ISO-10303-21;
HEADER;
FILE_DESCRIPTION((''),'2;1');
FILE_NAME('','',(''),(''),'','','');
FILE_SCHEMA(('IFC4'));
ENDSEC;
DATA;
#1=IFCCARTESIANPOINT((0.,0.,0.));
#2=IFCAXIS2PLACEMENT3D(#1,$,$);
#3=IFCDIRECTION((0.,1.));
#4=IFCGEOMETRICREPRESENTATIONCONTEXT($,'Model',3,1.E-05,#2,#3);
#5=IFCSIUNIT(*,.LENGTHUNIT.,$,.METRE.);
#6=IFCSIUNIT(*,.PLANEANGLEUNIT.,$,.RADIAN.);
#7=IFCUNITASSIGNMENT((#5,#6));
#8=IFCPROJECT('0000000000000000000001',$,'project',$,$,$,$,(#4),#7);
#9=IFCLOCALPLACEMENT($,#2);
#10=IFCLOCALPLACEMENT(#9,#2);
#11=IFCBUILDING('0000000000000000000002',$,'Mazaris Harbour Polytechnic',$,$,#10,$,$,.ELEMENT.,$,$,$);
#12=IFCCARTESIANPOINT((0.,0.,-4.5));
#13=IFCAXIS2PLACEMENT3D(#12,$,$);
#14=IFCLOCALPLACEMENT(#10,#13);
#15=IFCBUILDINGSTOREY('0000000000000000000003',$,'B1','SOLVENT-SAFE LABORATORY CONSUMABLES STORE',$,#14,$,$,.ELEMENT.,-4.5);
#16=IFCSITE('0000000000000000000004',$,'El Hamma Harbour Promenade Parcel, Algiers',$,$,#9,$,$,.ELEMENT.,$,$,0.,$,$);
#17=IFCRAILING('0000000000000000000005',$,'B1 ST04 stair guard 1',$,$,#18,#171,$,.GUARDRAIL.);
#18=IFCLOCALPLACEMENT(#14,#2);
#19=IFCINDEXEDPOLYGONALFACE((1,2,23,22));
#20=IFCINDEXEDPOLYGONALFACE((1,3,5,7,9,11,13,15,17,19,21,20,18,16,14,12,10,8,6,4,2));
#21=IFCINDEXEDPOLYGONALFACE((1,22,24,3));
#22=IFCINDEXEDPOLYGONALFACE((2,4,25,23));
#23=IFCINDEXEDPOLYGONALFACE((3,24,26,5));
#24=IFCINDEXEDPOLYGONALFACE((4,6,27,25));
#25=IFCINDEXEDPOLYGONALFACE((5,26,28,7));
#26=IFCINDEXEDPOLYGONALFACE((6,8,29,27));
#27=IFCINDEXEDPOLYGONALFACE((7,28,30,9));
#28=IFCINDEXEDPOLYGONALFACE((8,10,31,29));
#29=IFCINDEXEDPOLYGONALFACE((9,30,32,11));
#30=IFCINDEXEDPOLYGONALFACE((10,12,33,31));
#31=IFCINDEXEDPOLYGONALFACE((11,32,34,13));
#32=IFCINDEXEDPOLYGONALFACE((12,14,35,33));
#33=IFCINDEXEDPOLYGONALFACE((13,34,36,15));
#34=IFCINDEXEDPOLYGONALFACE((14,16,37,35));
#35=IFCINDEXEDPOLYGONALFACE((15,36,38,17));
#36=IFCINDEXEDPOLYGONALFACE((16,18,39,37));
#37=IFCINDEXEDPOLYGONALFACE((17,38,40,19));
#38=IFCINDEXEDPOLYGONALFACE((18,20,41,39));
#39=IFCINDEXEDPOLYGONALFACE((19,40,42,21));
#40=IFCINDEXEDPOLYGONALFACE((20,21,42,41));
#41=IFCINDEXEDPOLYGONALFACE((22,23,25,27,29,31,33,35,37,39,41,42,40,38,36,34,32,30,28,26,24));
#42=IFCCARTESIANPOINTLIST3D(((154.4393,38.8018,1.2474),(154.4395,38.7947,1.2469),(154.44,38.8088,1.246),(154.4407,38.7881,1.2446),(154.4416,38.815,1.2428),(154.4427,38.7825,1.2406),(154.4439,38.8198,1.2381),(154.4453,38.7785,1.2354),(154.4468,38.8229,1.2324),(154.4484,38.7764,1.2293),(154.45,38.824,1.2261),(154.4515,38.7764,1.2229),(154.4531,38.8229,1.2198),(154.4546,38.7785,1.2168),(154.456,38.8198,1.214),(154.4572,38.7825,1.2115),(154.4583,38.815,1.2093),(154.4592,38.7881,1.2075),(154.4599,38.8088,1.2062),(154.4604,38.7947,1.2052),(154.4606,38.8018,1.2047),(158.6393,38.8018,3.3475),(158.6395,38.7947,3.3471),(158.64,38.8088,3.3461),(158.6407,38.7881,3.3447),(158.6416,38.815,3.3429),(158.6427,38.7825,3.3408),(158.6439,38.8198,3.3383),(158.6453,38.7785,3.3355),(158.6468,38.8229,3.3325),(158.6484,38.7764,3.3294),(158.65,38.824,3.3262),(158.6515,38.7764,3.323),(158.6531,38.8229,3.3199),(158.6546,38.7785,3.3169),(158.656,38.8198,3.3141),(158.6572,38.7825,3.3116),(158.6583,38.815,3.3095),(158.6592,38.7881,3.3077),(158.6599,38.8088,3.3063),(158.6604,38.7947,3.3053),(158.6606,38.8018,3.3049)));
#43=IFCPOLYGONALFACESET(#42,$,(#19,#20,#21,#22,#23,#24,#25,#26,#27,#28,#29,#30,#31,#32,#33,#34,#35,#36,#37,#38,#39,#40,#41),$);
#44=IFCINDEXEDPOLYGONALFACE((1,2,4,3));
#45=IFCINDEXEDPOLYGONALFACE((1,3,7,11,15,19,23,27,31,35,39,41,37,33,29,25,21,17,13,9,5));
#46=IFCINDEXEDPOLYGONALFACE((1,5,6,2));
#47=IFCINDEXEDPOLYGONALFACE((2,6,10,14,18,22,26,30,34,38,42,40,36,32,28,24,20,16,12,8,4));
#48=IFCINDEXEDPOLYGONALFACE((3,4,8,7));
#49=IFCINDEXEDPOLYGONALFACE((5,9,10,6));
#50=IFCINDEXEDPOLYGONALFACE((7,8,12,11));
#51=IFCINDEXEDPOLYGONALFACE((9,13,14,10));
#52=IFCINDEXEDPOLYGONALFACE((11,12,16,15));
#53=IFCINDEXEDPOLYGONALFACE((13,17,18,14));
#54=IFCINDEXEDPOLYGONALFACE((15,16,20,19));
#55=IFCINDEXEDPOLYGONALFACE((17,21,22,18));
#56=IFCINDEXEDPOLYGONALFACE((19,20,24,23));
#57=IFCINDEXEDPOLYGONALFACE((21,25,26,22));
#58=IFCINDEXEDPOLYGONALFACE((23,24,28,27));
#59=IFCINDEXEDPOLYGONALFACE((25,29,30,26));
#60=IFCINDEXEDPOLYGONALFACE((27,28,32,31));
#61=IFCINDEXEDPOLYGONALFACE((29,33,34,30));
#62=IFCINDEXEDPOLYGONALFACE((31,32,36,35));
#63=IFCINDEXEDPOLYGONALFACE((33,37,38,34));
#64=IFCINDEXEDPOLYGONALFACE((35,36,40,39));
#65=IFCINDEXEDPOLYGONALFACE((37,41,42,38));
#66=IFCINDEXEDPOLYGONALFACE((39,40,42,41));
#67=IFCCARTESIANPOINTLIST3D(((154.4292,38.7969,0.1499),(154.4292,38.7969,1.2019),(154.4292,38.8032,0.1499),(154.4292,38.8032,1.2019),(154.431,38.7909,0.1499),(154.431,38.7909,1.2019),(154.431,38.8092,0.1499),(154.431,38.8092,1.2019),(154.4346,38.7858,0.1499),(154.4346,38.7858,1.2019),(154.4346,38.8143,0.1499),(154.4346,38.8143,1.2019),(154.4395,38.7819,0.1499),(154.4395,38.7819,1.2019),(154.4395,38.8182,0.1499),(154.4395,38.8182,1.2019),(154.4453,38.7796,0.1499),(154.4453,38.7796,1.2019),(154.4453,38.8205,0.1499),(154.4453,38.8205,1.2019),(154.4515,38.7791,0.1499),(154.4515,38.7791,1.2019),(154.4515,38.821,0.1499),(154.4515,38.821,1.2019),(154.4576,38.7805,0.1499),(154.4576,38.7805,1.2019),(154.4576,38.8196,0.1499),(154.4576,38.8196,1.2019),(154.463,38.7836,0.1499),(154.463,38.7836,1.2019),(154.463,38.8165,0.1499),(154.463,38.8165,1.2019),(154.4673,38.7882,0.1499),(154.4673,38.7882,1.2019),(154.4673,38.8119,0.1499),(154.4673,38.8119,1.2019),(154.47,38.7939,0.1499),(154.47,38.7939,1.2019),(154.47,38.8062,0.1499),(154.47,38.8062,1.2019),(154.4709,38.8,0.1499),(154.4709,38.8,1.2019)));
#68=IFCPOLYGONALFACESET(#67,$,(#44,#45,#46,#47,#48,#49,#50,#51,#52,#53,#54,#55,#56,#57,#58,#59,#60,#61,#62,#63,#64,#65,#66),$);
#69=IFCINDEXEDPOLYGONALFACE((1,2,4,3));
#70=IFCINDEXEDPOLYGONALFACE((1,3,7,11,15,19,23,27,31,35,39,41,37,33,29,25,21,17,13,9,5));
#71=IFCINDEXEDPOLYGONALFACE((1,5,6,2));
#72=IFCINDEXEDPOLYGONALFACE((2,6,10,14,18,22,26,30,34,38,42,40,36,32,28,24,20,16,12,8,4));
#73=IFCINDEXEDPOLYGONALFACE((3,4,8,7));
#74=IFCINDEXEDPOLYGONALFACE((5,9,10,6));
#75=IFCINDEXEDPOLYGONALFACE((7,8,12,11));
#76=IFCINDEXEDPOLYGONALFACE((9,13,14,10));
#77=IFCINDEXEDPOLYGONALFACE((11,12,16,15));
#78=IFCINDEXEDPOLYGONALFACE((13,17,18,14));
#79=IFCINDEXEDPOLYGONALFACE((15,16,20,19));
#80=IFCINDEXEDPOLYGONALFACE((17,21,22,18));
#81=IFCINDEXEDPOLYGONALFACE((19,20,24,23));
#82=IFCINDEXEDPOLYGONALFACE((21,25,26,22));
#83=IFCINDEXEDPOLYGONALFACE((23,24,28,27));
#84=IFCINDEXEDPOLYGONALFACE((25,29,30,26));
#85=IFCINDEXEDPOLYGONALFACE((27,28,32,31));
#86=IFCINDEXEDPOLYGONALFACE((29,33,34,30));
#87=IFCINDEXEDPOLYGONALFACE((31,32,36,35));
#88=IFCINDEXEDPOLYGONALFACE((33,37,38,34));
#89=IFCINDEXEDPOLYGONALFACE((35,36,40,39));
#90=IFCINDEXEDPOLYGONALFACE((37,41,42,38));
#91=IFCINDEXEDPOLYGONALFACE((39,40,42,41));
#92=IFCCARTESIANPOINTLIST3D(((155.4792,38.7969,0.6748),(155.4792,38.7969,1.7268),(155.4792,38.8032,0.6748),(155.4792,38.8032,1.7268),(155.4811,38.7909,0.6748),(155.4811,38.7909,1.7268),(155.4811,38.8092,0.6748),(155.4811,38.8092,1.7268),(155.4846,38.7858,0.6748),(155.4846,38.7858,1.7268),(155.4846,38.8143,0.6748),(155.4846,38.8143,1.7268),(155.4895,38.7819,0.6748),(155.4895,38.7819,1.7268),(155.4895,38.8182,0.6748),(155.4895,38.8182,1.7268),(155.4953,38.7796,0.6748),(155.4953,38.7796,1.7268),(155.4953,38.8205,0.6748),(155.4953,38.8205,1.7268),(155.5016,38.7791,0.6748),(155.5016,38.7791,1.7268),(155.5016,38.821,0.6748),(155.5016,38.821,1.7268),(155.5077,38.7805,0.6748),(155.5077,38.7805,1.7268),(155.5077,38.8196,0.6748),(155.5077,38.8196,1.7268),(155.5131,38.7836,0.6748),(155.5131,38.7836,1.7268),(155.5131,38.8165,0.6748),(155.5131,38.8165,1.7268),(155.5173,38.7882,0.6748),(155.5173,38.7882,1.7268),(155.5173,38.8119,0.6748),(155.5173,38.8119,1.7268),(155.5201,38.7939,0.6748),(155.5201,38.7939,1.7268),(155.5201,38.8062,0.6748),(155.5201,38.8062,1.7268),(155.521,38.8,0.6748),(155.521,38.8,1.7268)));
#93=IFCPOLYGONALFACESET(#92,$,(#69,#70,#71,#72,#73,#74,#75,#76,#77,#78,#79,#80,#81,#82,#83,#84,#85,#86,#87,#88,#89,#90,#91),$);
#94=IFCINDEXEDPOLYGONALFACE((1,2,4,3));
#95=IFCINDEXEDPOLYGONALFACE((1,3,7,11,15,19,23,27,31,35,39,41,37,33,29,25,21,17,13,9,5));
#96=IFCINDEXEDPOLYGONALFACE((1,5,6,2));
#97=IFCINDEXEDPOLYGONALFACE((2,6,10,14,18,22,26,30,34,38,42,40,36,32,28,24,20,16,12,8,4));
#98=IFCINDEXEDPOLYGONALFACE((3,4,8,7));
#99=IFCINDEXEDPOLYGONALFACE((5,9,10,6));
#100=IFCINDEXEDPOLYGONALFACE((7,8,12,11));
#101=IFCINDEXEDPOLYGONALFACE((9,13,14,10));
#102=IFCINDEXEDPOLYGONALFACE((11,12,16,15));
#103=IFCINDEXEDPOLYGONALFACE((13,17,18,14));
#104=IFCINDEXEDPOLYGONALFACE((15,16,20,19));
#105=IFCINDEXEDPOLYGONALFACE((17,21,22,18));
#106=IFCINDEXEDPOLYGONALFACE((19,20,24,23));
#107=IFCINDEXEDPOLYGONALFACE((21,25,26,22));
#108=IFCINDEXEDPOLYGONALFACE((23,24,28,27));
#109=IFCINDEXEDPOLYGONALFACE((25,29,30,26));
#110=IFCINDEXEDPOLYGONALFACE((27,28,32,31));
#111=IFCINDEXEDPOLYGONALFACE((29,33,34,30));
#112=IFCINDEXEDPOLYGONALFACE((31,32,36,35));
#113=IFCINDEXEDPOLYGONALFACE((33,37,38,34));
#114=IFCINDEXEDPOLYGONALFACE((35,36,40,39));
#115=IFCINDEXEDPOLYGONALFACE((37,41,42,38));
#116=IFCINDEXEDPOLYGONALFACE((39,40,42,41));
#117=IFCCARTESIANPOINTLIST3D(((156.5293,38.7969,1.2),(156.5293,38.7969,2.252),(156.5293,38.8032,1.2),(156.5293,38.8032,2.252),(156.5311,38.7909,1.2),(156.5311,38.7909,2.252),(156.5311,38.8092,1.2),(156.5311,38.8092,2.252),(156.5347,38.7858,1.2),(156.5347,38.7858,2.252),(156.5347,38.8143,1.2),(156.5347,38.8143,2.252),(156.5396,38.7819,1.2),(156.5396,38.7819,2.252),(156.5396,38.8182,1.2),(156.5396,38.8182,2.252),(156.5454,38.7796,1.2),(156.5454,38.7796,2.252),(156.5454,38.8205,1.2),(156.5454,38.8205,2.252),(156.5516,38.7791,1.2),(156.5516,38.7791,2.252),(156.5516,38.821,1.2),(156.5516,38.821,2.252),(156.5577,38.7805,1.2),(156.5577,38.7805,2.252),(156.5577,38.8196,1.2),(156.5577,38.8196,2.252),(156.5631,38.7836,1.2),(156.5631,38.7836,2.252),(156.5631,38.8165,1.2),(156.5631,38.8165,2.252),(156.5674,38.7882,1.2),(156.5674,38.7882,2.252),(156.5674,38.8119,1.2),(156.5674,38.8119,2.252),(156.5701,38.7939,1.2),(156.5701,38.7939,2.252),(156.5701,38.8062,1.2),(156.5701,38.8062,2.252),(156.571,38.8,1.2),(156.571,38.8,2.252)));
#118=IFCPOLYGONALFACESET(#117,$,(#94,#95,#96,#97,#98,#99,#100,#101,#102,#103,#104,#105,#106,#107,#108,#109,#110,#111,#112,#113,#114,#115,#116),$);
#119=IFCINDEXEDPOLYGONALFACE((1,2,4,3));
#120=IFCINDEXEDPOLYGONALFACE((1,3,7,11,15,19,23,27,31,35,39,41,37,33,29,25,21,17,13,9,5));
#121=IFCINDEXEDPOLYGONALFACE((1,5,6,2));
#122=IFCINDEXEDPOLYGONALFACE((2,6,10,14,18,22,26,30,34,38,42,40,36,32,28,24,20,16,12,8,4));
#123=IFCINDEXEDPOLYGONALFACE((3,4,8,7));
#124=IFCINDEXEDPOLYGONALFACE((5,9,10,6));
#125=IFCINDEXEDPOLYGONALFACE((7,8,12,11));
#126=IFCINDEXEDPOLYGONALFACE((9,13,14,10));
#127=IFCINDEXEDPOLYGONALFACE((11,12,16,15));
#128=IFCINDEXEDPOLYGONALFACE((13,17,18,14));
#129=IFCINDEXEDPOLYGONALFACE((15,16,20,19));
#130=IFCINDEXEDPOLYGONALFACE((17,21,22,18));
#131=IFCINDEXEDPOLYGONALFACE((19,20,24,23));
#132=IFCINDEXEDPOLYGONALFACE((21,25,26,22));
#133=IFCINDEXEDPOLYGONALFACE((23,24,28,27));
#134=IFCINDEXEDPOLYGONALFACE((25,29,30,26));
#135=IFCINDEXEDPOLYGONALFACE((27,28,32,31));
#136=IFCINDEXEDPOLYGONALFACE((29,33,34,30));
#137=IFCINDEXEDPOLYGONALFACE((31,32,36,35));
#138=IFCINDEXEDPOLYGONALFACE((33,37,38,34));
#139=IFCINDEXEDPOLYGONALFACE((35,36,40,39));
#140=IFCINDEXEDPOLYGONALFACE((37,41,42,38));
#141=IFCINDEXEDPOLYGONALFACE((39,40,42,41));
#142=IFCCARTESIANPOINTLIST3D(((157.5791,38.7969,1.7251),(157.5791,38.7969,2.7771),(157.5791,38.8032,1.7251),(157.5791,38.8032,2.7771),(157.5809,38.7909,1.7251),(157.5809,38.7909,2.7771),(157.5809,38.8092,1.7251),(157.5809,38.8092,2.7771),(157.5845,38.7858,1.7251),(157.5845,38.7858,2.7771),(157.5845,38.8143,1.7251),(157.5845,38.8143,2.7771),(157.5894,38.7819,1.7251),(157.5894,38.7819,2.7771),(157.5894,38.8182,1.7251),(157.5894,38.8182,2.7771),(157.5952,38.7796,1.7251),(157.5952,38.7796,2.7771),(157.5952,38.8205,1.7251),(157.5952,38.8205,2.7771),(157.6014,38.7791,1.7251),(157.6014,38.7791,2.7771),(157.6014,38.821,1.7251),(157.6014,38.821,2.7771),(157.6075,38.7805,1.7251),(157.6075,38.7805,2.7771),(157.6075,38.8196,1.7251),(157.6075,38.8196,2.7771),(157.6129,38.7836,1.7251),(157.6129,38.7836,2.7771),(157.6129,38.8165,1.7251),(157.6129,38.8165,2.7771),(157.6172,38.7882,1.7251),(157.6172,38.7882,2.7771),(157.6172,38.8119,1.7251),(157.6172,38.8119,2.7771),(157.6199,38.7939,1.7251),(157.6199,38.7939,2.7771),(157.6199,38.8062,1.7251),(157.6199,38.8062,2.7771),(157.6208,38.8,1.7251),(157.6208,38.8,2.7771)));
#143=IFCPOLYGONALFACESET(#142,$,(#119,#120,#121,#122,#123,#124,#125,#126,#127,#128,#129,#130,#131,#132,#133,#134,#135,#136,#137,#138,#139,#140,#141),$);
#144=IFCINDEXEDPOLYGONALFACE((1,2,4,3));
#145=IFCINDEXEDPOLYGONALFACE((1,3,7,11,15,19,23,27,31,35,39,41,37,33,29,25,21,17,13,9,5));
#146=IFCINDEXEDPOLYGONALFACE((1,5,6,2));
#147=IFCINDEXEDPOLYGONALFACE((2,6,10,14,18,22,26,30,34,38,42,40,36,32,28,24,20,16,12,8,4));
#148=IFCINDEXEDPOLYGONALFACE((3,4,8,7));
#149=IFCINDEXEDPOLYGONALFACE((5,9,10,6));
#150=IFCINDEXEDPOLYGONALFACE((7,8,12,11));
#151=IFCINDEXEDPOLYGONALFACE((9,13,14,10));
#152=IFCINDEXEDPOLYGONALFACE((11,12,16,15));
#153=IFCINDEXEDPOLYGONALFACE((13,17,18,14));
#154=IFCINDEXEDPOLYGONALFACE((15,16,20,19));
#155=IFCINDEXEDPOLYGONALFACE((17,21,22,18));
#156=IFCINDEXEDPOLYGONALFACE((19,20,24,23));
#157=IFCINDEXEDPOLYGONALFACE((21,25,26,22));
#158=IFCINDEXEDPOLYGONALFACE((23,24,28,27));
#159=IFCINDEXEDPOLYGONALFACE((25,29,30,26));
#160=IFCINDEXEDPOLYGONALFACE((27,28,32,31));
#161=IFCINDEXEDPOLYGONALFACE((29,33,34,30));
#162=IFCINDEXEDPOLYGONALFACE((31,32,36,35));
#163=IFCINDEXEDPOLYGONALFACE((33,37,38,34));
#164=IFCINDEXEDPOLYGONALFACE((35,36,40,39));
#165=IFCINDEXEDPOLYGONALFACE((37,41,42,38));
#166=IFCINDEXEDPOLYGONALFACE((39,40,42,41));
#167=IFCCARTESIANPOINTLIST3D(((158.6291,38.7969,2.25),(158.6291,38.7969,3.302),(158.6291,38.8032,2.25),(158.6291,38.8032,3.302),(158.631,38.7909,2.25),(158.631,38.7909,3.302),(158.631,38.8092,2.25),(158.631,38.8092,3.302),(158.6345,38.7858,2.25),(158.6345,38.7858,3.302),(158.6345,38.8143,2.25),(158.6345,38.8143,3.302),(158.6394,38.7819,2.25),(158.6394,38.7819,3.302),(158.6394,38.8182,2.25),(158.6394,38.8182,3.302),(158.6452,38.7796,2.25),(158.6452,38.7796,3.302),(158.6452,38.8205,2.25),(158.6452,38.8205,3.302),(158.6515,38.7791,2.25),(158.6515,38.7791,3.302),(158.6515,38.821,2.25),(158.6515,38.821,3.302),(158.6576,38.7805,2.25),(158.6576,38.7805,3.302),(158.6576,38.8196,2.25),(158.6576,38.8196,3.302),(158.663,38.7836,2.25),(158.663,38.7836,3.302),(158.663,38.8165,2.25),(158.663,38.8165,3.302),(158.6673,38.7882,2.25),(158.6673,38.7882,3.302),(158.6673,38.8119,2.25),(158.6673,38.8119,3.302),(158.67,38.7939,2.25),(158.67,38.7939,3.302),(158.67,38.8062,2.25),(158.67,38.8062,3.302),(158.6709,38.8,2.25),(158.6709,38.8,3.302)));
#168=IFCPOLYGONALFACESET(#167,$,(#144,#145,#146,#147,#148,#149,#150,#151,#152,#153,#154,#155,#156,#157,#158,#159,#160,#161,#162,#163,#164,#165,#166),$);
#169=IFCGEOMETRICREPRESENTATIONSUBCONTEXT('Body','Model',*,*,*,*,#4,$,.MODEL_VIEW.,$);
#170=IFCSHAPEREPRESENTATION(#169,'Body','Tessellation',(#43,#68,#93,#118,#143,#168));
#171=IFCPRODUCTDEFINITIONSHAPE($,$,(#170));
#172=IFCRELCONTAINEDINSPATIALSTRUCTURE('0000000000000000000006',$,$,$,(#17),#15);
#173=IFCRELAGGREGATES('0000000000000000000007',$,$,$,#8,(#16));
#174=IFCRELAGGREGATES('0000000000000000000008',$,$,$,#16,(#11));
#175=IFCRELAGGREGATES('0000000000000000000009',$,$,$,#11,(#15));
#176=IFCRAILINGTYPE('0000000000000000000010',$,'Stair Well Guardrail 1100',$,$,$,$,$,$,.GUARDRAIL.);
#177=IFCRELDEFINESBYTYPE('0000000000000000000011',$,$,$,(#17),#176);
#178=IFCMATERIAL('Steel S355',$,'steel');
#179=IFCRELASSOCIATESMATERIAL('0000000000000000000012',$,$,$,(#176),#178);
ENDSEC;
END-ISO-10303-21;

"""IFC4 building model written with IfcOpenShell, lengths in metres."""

from ifc_helpers import new_model, si_unit, direction, frame, origin, origin_2d, place, context, subcontext, project, spatial, circle, extrude, material, type_object, element, save


model = new_model("IFC4")

# Units and contexts
model_context = context("Model", 3, precision=1e-05, world=origin(), true_north=direction((0.0, 1.0)))
body_context = subcontext(model_context, "Body", "Model", "MODEL_VIEW")
ifc_project = project(units=[si_unit("LENGTHUNIT", "METRE"), si_unit("PLANEANGLEUNIT", "RADIAN")], contexts=[model_context])

# Site, building, storey
site_placement = place(None, origin())
site = spatial("IfcSite", under=ifc_project, at=site_placement, Name="El Hamma Harbour Promenade Parcel, Algiers", CompositionType="ELEMENT", RefElevation=0.0)
building_placement = place(site_placement, origin())
building = spatial("IfcBuilding", under=site, at=building_placement, Name="Mazaris Harbour Polytechnic", CompositionType="ELEMENT")
storey_placement = place(building_placement, frame((0.0, 0.0, -4.5)))
storey = spatial("IfcBuildingStorey", under=building, at=storey_placement, Name="B1", Description="SOLVENT-SAFE LABORATORY CONSUMABLES STORE", CompositionType="ELEMENT", Elevation=-4.5)

# Railing
ifc_material_1 = material(Name="Steel S355", Category="steel")
railing_type_1 = type_object("IfcRailingType", Name="Stair Well Guardrail 1100", PredefinedType="GUARDRAIL", material=ifc_material_1)
railing_1_placement = place(storey_placement, frame((154.45, 38.8, 0.1499)))
element("IfcRailing", 1, at=railing_1_placement, inside=storey, type_object=railing_type_1, Name="B1 ST04 stair guard 1", PredefinedType="GUARDRAIL", context=body_context, shape_type="SweptSolid", body=[
    extrude(circle(Radius=0.0239, at=origin_2d()), frame((0.0, 0.0, 1.0762), z_axis=(0.894417, 0.0, 0.447234), x_axis=(0.0, 1.0, 0.0)), (0.0, 0.0, 1.0), 4.6958),
    extrude(circle(Radius=0.021, at=origin_2d()), origin(), (0.0, 0.0, 1.0), 1.052),
    extrude(circle(Radius=0.021, at=origin_2d()), frame((1.05, 0.0, 0.5249)), (0.0, 0.0, 1.0), 1.052),
    extrude(circle(Radius=0.021, at=origin_2d()), frame((2.1001, 0.0, 1.05)), (0.0, 0.0, 1.0), 1.052),
    extrude(circle(Radius=0.021, at=origin_2d()), frame((3.1499, 0.0, 1.5752)), (0.0, 0.0, 1.0), 1.052),
    extrude(circle(Radius=0.021, at=origin_2d()), frame((4.2, 0.0, 2.1001)), (0.0, 0.0, 1.0), 1.052),
])

save(model, "model.ifc")
